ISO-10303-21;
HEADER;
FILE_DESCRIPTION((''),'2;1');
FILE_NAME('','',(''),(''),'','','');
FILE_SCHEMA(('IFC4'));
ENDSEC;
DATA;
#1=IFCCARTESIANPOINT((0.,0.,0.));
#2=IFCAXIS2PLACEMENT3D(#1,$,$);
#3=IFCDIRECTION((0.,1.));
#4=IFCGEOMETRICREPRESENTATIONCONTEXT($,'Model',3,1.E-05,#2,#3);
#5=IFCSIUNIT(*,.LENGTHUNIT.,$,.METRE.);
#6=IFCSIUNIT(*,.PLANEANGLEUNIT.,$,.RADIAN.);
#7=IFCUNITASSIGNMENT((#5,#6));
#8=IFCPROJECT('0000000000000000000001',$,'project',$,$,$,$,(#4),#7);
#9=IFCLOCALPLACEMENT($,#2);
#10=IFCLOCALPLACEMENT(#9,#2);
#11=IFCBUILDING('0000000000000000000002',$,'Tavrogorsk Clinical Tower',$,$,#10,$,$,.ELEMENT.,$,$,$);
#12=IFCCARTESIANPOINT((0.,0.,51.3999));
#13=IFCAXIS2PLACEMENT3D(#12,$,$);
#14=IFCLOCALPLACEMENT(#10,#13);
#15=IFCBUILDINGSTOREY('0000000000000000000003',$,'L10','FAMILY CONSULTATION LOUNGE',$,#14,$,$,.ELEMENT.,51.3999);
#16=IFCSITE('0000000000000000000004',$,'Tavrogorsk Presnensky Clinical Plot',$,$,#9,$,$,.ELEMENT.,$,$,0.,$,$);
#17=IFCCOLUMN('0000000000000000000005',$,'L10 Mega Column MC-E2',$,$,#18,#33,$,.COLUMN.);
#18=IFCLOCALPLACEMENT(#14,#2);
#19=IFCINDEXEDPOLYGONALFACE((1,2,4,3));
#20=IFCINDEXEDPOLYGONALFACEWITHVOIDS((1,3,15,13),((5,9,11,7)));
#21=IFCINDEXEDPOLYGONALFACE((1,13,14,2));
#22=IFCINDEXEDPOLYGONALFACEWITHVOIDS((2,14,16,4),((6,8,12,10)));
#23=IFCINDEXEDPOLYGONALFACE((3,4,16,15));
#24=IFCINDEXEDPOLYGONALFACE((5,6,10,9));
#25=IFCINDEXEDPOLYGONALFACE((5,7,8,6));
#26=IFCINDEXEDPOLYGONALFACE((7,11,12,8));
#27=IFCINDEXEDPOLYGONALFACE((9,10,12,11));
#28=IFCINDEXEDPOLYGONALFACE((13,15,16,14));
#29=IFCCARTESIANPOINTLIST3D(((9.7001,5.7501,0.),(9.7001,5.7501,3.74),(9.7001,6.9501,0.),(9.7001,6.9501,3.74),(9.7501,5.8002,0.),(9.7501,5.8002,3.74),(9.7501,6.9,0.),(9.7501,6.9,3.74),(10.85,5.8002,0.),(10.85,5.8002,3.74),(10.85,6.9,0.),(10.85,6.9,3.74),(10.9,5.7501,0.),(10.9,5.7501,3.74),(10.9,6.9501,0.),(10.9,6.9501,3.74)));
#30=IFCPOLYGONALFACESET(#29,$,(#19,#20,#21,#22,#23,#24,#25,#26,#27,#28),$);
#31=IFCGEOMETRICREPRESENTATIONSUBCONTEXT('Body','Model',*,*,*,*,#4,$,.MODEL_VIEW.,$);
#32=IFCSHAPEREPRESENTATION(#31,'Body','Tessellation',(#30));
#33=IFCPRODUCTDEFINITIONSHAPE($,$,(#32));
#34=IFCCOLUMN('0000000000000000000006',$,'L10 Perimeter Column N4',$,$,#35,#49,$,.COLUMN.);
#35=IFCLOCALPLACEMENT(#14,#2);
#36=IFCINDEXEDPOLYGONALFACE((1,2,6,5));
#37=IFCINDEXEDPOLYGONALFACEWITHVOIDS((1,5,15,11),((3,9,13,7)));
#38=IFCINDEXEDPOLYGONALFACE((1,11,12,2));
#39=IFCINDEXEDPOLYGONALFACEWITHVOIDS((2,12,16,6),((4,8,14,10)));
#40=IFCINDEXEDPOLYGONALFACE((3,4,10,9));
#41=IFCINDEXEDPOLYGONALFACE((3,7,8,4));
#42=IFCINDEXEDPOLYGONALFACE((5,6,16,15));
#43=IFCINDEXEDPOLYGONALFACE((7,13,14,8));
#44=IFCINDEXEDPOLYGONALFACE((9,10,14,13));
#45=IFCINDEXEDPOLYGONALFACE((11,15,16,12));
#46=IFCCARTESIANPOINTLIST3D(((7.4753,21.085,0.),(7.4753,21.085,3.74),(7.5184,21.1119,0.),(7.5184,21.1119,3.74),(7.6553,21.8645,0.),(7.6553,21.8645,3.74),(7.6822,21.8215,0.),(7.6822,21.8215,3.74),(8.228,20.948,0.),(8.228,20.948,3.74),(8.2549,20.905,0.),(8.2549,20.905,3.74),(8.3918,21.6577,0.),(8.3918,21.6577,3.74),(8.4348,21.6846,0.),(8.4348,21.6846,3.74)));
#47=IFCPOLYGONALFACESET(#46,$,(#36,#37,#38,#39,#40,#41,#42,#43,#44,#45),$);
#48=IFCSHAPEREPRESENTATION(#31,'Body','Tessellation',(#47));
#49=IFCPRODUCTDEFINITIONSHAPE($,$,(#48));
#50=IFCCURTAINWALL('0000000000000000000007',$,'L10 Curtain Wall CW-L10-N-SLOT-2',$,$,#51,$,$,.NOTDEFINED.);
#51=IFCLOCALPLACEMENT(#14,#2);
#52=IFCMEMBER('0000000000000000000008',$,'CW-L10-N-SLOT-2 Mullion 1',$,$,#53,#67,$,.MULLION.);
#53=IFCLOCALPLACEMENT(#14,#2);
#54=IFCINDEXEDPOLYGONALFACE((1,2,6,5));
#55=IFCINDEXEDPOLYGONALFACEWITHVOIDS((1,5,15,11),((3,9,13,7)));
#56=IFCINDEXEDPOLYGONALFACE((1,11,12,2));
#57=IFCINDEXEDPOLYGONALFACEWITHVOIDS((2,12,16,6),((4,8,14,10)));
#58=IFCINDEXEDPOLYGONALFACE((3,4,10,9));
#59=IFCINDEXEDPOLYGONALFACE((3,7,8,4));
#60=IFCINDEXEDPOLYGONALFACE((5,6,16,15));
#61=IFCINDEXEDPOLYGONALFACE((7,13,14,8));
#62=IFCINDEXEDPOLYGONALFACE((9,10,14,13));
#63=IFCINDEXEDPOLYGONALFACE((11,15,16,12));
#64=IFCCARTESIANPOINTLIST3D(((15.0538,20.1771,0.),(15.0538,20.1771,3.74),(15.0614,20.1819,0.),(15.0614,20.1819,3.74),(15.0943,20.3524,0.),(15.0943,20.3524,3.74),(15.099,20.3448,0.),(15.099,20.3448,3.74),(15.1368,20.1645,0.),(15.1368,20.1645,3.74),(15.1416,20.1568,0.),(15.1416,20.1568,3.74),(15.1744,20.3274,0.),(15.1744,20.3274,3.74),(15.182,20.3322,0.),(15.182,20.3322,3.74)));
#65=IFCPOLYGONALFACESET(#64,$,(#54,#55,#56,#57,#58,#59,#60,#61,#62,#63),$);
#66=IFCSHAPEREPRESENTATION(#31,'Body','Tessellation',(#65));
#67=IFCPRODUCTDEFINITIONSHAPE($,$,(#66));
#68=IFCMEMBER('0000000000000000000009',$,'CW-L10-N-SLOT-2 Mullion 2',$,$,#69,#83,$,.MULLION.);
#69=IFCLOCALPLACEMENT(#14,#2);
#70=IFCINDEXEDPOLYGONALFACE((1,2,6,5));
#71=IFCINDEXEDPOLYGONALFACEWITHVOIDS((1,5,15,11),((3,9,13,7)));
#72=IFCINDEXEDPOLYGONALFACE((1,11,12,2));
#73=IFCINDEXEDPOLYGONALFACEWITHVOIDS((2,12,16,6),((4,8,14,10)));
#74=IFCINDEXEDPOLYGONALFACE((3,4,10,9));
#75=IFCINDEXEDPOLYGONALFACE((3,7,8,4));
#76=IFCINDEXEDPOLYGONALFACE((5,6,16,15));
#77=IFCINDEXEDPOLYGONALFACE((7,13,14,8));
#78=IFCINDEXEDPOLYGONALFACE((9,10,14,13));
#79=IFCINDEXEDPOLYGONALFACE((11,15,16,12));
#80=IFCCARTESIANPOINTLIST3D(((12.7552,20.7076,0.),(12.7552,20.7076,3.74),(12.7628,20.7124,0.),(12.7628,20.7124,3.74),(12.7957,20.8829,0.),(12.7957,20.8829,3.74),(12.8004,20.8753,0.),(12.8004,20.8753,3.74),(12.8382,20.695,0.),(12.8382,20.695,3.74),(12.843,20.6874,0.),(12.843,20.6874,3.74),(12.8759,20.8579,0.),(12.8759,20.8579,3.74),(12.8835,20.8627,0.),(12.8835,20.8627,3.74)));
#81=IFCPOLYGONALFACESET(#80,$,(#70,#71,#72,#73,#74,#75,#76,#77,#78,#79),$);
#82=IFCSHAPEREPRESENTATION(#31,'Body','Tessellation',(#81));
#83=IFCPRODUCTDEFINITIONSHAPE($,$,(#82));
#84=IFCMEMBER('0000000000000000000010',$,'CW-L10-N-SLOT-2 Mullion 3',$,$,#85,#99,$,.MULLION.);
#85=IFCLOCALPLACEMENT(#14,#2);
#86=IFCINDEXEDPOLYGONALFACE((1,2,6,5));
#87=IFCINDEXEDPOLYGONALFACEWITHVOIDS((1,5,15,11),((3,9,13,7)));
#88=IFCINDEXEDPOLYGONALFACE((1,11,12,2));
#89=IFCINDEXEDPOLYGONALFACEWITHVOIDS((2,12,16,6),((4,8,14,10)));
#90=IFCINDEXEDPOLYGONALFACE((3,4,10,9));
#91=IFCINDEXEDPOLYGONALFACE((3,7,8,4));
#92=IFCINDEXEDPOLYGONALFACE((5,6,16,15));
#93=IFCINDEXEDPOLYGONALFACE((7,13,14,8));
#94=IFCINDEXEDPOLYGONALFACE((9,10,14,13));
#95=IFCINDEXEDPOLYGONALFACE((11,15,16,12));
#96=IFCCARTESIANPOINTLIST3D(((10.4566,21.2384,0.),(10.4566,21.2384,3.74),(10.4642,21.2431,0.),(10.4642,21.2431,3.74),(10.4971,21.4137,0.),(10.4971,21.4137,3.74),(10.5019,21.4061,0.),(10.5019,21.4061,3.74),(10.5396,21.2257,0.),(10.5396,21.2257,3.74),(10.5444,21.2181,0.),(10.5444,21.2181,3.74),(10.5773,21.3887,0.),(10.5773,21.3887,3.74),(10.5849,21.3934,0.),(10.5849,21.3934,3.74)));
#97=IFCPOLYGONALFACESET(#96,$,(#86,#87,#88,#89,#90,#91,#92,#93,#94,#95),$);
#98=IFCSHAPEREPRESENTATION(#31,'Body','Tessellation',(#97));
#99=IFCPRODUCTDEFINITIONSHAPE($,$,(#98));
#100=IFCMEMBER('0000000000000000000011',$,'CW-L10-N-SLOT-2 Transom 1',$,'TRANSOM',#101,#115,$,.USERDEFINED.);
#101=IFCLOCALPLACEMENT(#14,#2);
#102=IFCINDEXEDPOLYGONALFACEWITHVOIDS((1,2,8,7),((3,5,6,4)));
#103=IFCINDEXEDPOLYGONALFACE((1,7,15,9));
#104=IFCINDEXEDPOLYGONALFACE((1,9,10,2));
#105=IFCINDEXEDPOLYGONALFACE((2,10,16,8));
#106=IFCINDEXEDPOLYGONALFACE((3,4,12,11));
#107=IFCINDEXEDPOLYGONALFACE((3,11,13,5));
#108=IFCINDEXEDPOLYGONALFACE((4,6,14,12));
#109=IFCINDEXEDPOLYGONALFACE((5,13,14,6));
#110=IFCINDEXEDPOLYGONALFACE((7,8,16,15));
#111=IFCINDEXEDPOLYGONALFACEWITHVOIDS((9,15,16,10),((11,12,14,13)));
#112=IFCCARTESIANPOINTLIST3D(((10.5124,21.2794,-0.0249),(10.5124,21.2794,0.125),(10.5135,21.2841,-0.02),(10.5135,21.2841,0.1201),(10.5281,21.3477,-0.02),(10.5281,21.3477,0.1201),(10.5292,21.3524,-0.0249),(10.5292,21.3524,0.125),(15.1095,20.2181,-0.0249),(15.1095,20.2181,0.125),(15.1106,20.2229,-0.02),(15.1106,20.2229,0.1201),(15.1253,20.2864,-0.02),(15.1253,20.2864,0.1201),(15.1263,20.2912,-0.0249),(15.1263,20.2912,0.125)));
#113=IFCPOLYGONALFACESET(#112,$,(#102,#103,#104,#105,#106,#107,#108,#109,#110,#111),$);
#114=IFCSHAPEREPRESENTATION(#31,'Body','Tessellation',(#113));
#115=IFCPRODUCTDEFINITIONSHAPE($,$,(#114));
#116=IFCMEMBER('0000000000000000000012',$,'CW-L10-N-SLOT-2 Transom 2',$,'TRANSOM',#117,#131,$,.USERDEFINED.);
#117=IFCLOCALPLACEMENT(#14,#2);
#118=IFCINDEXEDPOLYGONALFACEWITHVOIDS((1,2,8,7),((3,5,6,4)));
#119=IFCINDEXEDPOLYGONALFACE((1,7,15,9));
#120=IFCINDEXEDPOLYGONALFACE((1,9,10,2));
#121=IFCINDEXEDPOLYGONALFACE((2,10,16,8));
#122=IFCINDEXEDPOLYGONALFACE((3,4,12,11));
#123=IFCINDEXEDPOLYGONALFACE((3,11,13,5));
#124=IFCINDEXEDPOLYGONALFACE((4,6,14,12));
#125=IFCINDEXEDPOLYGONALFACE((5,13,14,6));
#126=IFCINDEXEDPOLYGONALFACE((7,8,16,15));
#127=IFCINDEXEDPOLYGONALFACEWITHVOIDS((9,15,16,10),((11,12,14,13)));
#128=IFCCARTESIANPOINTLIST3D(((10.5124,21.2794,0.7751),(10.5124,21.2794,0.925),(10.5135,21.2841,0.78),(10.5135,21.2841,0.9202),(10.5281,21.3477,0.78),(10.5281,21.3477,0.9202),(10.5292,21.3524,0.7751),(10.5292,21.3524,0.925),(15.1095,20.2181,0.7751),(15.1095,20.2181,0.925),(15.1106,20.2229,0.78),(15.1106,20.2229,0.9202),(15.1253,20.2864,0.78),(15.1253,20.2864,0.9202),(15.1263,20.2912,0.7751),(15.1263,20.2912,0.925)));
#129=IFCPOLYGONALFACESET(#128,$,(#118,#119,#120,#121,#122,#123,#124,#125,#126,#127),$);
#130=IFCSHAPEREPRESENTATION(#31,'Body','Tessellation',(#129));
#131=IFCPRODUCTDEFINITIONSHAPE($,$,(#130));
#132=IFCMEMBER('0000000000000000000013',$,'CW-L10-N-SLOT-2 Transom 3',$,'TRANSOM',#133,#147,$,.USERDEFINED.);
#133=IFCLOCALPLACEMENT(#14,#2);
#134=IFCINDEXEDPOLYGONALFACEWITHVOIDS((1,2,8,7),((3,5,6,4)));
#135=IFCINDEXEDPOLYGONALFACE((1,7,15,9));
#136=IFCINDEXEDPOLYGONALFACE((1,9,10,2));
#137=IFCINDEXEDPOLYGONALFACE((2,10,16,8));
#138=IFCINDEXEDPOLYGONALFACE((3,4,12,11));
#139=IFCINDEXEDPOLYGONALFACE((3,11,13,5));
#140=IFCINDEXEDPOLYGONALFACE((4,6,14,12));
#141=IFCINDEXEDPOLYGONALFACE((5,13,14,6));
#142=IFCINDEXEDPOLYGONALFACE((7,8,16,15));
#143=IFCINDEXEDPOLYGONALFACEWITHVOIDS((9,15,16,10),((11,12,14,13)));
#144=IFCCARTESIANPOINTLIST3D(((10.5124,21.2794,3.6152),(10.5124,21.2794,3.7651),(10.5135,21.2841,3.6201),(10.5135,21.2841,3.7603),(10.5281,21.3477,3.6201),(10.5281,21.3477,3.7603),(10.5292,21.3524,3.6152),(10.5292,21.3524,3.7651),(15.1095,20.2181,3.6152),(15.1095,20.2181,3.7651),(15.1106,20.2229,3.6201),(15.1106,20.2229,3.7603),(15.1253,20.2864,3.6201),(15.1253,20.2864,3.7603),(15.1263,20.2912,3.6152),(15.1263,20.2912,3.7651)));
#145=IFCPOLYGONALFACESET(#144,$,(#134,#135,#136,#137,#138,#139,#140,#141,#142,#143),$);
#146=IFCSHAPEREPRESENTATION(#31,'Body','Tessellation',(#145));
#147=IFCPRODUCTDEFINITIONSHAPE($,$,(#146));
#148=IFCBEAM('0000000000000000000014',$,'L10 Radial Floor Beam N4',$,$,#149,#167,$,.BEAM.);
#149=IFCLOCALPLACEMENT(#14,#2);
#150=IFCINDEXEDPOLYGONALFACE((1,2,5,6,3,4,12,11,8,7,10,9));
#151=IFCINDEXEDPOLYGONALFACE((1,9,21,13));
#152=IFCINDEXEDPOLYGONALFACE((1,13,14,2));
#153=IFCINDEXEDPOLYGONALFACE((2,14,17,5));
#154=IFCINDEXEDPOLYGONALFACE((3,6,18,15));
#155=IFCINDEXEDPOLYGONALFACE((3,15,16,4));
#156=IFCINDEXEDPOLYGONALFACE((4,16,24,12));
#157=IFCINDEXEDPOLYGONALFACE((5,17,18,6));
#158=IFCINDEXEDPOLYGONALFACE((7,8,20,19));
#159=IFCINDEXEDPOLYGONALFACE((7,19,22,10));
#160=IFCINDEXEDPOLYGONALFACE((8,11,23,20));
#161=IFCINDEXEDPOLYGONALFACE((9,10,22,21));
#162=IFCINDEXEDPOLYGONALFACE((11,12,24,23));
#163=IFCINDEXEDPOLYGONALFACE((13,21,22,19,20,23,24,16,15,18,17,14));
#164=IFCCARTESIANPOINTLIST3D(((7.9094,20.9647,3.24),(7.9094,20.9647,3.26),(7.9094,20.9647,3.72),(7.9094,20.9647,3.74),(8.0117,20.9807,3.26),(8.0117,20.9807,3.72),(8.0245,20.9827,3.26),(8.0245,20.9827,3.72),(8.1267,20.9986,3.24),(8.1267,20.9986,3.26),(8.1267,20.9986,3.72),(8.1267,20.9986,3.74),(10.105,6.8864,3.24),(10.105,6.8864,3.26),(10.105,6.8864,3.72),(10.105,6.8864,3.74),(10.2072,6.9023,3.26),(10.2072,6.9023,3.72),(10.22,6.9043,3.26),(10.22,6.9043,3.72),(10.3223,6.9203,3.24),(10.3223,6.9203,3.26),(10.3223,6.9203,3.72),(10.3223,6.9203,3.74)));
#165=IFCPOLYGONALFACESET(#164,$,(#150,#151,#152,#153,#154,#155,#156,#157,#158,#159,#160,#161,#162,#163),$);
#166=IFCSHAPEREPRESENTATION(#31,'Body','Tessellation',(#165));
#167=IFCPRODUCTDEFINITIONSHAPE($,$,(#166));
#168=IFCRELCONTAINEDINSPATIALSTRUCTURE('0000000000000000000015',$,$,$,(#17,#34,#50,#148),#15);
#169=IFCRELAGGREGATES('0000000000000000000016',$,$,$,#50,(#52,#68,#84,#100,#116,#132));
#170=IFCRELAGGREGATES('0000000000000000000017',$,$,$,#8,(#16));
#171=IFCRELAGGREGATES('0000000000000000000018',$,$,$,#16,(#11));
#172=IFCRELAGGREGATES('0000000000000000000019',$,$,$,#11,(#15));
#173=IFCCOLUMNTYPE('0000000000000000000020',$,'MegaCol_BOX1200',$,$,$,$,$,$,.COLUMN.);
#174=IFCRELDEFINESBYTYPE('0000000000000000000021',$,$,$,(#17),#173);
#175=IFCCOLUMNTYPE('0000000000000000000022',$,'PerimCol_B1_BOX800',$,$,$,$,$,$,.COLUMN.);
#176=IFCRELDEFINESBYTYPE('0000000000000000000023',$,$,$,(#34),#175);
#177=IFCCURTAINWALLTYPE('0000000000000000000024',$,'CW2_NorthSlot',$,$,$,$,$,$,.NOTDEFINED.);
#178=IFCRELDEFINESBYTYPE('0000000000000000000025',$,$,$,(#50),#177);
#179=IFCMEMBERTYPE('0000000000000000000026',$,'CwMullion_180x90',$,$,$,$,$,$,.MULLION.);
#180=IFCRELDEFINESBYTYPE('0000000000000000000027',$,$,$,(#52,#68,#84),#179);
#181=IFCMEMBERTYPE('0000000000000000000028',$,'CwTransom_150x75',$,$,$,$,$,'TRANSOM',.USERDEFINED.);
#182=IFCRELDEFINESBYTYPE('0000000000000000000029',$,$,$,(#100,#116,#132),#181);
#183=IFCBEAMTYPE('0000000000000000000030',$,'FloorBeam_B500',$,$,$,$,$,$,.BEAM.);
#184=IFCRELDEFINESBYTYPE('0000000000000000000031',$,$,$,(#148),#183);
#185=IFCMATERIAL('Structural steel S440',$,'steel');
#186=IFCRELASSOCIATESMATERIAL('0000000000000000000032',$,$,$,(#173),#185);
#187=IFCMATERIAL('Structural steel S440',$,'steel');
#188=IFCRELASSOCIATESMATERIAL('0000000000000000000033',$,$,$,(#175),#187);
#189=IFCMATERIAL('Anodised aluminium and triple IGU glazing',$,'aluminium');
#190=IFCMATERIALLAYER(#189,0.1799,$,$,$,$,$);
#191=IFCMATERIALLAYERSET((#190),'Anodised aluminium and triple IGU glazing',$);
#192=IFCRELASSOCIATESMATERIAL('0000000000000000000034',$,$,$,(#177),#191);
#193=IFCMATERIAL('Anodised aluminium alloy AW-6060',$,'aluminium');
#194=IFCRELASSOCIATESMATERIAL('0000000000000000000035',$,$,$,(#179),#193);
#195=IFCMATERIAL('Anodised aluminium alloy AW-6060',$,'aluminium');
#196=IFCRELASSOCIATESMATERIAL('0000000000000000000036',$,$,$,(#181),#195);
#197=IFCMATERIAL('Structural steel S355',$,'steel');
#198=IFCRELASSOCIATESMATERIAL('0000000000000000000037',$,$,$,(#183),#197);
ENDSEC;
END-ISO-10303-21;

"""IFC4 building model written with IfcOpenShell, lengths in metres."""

from ifc_helpers import new_model, si_unit, direction, frame, origin, origin_2d, place, context, subcontext, project, spatial, hollow_rectangle, i_section, extrude, material, layer, layer_set, material_profile, profile_set, type_object, element, aggregate, save


model = new_model("IFC4")

# Units and contexts
model_context = context("Model", 3, precision=1e-05, world=origin(), true_north=direction((0.0, 1.0)))
body_context = subcontext(model_context, "Body", "Model", "MODEL_VIEW")
ifc_project = project(units=[si_unit("LENGTHUNIT", "METRE"), si_unit("PLANEANGLEUNIT", "RADIAN")], contexts=[model_context])

# Site, building, storey
site_placement = place(None, origin())
site = spatial("IfcSite", under=ifc_project, at=site_placement, Name="Tavrogorsk Presnensky Clinical Plot", CompositionType="ELEMENT", RefElevation=0.0)
building_placement = place(site_placement, origin())
building = spatial("IfcBuilding", under=site, at=building_placement, Name="Tavrogorsk Clinical Tower", CompositionType="ELEMENT")
storey_placement = place(building_placement, frame((0.0, 0.0, 51.3999)))
storey = spatial("IfcBuildingStorey", under=building, at=storey_placement, Name="L10", Description="FAMILY CONSULTATION LOUNGE", CompositionType="ELEMENT", Elevation=51.3999)

# Columns
ifc_material_1 = material(Name="Structural steel S440", Category="steel")
ifc_material_profile_1 = material_profile(ifc_material_1, hollow_rectangle(XDim=1.2, YDim=1.2, WallThickness=0.05, at=origin_2d()), Name="BOX-1200x1200x50")
ifc_profile_set_1 = profile_set([ifc_material_profile_1], Name="Structural steel S440")
column_type_1 = type_object("IfcColumnType", Name="MegaCol_BOX1200", PredefinedType="COLUMN", material=ifc_profile_set_1)
column_1_placement = place(storey_placement, frame((10.3, 6.3501, 0.0), z_axis=(0.0, 0.0, 1.0), x_axis=(1.0, 0.0, 0.0)))
element("IfcColumn", 1, at=column_1_placement, inside=storey, type_object=column_type_1, Name="L10 Mega Column MC-E2", PredefinedType="COLUMN", context=body_context, shape_type="SweptSolid", body=[
    extrude(hollow_rectangle(XDim=1.2, YDim=1.2, WallThickness=0.05, at=origin_2d()), origin(), (0.0, 0.0, 1.0), 3.74),
])
ifc_material_2 = material(Name="Structural steel S440", Category="steel")
ifc_material_profile_2 = material_profile(ifc_material_2, hollow_rectangle(XDim=0.8, YDim=0.8, WallThickness=0.0359, at=origin_2d()), Name="BOX-800x800x36")
ifc_profile_set_2 = profile_set([ifc_material_profile_2], Name="Structural steel S440")
column_type_2 = type_object("IfcColumnType", Name="PerimCol_B1_BOX800", PredefinedType="COLUMN", material=ifc_profile_set_2)
column_2_placement = place(storey_placement, frame((7.9551, 21.3848, 0.0), z_axis=(0.0, 0.0, 1.0), x_axis=(0.97437, -0.224951, 0.0)))
element("IfcColumn", 2, at=column_2_placement, inside=storey, type_object=column_type_2, Name="L10 Perimeter Column N4", PredefinedType="COLUMN", context=body_context, shape_type="SweptSolid", body=[
    extrude(hollow_rectangle(XDim=0.8, YDim=0.8, WallThickness=0.0359, at=origin_2d()), origin(), (0.0, 0.0, 1.0), 3.74),
])

# Curtain wall, members
ifc_material_3 = material(Name="Anodised aluminium and triple IGU glazing", Category="aluminium")
ifc_layer_1 = layer(ifc_material_3, 0.1799)
ifc_layer_set_1 = layer_set([ifc_layer_1], Name="Anodised aluminium and triple IGU glazing")
curtain_wall_type = type_object("IfcCurtainWallType", Name="CW2_NorthSlot", PredefinedType="NOTDEFINED", material=ifc_layer_set_1)
curtain_wall_placement = place(storey_placement, origin())
curtain_wall = element("IfcCurtainWall", 3, at=curtain_wall_placement, inside=storey, type_object=curtain_wall_type, Name="L10 Curtain Wall CW-L10-N-SLOT-2", PredefinedType="NOTDEFINED")
ifc_material_4 = material(Name="Anodised aluminium alloy AW-6060", Category="aluminium")
ifc_material_profile_3 = material_profile(ifc_material_4, hollow_rectangle(XDim=0.0901, YDim=0.1799, WallThickness=0.0063, at=origin_2d()), Name="RHS-180x90x6.3")
ifc_profile_set_3 = profile_set([ifc_material_profile_3], Name="Anodised aluminium alloy AW-6060")
member_type_1 = type_object("IfcMemberType", Name="CwMullion_180x90", PredefinedType="MULLION", material=ifc_profile_set_3)
member_1_placement = place(storey_placement, frame((15.1179, 20.2546, 0.0), z_axis=(0.0, 0.0, 1.0), x_axis=(-0.97437, 0.224951, 0.0)))
member_1 = element("IfcMember", 4, at=member_1_placement, type_object=member_type_1, Name="CW-L10-N-SLOT-2 Mullion 1", PredefinedType="MULLION", context=body_context, shape_type="SweptSolid", body=[
    extrude(hollow_rectangle(XDim=0.0901, YDim=0.1799, WallThickness=0.0063, at=origin_2d()), origin(), (0.0, 0.0, 1.0), 3.74),
])
member_2_placement = place(storey_placement, frame((12.8193, 20.7852, 0.0), z_axis=(0.0, 0.0, 1.0), x_axis=(-0.97437, 0.224951, 0.0)))
member_2 = element("IfcMember", 5, at=member_2_placement, type_object=member_type_1, Name="CW-L10-N-SLOT-2 Mullion 2", PredefinedType="MULLION", context=body_context, shape_type="SweptSolid", body=[
    extrude(hollow_rectangle(XDim=0.0901, YDim=0.1799, WallThickness=0.0063, at=origin_2d()), origin(), (0.0, 0.0, 1.0), 3.74),
])
member_3_placement = place(storey_placement, frame((10.5208, 21.3159, 0.0), z_axis=(0.0, 0.0, 1.0), x_axis=(-0.97437, 0.224951, 0.0)))
member_3 = element("IfcMember", 6, at=member_3_placement, type_object=member_type_1, Name="CW-L10-N-SLOT-2 Mullion 3", PredefinedType="MULLION", context=body_context, shape_type="SweptSolid", body=[
    extrude(hollow_rectangle(XDim=0.0901, YDim=0.1799, WallThickness=0.0063, at=origin_2d()), origin(), (0.0, 0.0, 1.0), 3.74),
])
ifc_material_5 = material(Name="Anodised aluminium alloy AW-6060", Category="aluminium")
ifc_material_profile_4 = material_profile(ifc_material_5, hollow_rectangle(XDim=0.075, YDim=0.1499, WallThickness=0.0049, at=origin_2d()), Name="RHS-150x75x5")
ifc_profile_set_4 = profile_set([ifc_material_profile_4], Name="Anodised aluminium alloy AW-6060")
member_type_2 = type_object("IfcMemberType", Name="CwTransom_150x75", ElementType="TRANSOM", PredefinedType="USERDEFINED", material=ifc_profile_set_4)
member_4_placement = place(storey_placement, frame((15.1179, 20.2546, 0.05), z_axis=(-0.974373, 0.224939, 0.0), x_axis=(-0.224939, -0.974373, 0.0)))
member_4 = element("IfcMember", 7, at=member_4_placement, type_object=member_type_2, Name="CW-L10-N-SLOT-2 Transom 1", ObjectType="TRANSOM", PredefinedType="USERDEFINED", context=body_context, shape_type="SweptSolid", body=[
    extrude(hollow_rectangle(XDim=0.075, YDim=0.1499, WallThickness=0.0049, at=origin_2d()), origin(), (0.0, 0.0, 1.0), 4.718),
])
member_5_placement = place(storey_placement, frame((15.1179, 20.2546, 0.8501), z_axis=(-0.974373, 0.224939, 0.0), x_axis=(-0.224939, -0.974373, 0.0)))
member_5 = element("IfcMember", 8, at=member_5_placement, type_object=member_type_2, Name="CW-L10-N-SLOT-2 Transom 2", ObjectType="TRANSOM", PredefinedType="USERDEFINED", context=body_context, shape_type="SweptSolid", body=[
    extrude(hollow_rectangle(XDim=0.075, YDim=0.1499, WallThickness=0.0049, at=origin_2d()), origin(), (0.0, 0.0, 1.0), 4.718),
])
member_6_placement = place(storey_placement, frame((15.1179, 20.2546, 3.6902), z_axis=(-0.974373, 0.224939, 0.0), x_axis=(-0.224939, -0.974373, 0.0)))
member_6 = element("IfcMember", 9, at=member_6_placement, type_object=member_type_2, Name="CW-L10-N-SLOT-2 Transom 3", ObjectType="TRANSOM", PredefinedType="USERDEFINED", context=body_context, shape_type="SweptSolid", body=[
    extrude(hollow_rectangle(XDim=0.075, YDim=0.1499, WallThickness=0.0049, at=origin_2d()), origin(), (0.0, 0.0, 1.0), 4.718),
])

# Beam
ifc_material_6 = material(Name="Structural steel S355", Category="steel")
ifc_material_profile_5 = material_profile(ifc_material_6, i_section(OverallWidth=0.22, OverallDepth=0.5, WebThickness=0.0129, FlangeThickness=0.02, at=origin_2d()), Name="B-500x220x13x20")
ifc_profile_set_5 = profile_set([ifc_material_profile_5], Name="Structural steel S355")
beam_type_1 = type_object("IfcBeamType", Name="FloorBeam_B500", PredefinedType="BEAM", material=ifc_profile_set_5)
beam_1_placement = place(storey_placement, frame((10.2136, 6.9033, 3.49), z_axis=(-0.15409, 0.988057, 0.0), x_axis=(-0.988057, -0.15409, 0.0)))
element("IfcBeam", 10, at=beam_1_placement, inside=storey, type_object=beam_type_1, Name="L10 Radial Floor Beam N4", PredefinedType="BEAM", context=body_context, shape_type="SweptSolid", body=[
    extrude(i_section(OverallWidth=0.22, OverallDepth=0.5, WebThickness=0.0129, FlangeThickness=0.02, at=origin_2d()), origin(), (0.0, 0.0, 1.0), 14.2485),
])

aggregate(curtain_wall, [member_1, member_2, member_3, member_4, member_5, member_6])

save(model, "model.ifc")
